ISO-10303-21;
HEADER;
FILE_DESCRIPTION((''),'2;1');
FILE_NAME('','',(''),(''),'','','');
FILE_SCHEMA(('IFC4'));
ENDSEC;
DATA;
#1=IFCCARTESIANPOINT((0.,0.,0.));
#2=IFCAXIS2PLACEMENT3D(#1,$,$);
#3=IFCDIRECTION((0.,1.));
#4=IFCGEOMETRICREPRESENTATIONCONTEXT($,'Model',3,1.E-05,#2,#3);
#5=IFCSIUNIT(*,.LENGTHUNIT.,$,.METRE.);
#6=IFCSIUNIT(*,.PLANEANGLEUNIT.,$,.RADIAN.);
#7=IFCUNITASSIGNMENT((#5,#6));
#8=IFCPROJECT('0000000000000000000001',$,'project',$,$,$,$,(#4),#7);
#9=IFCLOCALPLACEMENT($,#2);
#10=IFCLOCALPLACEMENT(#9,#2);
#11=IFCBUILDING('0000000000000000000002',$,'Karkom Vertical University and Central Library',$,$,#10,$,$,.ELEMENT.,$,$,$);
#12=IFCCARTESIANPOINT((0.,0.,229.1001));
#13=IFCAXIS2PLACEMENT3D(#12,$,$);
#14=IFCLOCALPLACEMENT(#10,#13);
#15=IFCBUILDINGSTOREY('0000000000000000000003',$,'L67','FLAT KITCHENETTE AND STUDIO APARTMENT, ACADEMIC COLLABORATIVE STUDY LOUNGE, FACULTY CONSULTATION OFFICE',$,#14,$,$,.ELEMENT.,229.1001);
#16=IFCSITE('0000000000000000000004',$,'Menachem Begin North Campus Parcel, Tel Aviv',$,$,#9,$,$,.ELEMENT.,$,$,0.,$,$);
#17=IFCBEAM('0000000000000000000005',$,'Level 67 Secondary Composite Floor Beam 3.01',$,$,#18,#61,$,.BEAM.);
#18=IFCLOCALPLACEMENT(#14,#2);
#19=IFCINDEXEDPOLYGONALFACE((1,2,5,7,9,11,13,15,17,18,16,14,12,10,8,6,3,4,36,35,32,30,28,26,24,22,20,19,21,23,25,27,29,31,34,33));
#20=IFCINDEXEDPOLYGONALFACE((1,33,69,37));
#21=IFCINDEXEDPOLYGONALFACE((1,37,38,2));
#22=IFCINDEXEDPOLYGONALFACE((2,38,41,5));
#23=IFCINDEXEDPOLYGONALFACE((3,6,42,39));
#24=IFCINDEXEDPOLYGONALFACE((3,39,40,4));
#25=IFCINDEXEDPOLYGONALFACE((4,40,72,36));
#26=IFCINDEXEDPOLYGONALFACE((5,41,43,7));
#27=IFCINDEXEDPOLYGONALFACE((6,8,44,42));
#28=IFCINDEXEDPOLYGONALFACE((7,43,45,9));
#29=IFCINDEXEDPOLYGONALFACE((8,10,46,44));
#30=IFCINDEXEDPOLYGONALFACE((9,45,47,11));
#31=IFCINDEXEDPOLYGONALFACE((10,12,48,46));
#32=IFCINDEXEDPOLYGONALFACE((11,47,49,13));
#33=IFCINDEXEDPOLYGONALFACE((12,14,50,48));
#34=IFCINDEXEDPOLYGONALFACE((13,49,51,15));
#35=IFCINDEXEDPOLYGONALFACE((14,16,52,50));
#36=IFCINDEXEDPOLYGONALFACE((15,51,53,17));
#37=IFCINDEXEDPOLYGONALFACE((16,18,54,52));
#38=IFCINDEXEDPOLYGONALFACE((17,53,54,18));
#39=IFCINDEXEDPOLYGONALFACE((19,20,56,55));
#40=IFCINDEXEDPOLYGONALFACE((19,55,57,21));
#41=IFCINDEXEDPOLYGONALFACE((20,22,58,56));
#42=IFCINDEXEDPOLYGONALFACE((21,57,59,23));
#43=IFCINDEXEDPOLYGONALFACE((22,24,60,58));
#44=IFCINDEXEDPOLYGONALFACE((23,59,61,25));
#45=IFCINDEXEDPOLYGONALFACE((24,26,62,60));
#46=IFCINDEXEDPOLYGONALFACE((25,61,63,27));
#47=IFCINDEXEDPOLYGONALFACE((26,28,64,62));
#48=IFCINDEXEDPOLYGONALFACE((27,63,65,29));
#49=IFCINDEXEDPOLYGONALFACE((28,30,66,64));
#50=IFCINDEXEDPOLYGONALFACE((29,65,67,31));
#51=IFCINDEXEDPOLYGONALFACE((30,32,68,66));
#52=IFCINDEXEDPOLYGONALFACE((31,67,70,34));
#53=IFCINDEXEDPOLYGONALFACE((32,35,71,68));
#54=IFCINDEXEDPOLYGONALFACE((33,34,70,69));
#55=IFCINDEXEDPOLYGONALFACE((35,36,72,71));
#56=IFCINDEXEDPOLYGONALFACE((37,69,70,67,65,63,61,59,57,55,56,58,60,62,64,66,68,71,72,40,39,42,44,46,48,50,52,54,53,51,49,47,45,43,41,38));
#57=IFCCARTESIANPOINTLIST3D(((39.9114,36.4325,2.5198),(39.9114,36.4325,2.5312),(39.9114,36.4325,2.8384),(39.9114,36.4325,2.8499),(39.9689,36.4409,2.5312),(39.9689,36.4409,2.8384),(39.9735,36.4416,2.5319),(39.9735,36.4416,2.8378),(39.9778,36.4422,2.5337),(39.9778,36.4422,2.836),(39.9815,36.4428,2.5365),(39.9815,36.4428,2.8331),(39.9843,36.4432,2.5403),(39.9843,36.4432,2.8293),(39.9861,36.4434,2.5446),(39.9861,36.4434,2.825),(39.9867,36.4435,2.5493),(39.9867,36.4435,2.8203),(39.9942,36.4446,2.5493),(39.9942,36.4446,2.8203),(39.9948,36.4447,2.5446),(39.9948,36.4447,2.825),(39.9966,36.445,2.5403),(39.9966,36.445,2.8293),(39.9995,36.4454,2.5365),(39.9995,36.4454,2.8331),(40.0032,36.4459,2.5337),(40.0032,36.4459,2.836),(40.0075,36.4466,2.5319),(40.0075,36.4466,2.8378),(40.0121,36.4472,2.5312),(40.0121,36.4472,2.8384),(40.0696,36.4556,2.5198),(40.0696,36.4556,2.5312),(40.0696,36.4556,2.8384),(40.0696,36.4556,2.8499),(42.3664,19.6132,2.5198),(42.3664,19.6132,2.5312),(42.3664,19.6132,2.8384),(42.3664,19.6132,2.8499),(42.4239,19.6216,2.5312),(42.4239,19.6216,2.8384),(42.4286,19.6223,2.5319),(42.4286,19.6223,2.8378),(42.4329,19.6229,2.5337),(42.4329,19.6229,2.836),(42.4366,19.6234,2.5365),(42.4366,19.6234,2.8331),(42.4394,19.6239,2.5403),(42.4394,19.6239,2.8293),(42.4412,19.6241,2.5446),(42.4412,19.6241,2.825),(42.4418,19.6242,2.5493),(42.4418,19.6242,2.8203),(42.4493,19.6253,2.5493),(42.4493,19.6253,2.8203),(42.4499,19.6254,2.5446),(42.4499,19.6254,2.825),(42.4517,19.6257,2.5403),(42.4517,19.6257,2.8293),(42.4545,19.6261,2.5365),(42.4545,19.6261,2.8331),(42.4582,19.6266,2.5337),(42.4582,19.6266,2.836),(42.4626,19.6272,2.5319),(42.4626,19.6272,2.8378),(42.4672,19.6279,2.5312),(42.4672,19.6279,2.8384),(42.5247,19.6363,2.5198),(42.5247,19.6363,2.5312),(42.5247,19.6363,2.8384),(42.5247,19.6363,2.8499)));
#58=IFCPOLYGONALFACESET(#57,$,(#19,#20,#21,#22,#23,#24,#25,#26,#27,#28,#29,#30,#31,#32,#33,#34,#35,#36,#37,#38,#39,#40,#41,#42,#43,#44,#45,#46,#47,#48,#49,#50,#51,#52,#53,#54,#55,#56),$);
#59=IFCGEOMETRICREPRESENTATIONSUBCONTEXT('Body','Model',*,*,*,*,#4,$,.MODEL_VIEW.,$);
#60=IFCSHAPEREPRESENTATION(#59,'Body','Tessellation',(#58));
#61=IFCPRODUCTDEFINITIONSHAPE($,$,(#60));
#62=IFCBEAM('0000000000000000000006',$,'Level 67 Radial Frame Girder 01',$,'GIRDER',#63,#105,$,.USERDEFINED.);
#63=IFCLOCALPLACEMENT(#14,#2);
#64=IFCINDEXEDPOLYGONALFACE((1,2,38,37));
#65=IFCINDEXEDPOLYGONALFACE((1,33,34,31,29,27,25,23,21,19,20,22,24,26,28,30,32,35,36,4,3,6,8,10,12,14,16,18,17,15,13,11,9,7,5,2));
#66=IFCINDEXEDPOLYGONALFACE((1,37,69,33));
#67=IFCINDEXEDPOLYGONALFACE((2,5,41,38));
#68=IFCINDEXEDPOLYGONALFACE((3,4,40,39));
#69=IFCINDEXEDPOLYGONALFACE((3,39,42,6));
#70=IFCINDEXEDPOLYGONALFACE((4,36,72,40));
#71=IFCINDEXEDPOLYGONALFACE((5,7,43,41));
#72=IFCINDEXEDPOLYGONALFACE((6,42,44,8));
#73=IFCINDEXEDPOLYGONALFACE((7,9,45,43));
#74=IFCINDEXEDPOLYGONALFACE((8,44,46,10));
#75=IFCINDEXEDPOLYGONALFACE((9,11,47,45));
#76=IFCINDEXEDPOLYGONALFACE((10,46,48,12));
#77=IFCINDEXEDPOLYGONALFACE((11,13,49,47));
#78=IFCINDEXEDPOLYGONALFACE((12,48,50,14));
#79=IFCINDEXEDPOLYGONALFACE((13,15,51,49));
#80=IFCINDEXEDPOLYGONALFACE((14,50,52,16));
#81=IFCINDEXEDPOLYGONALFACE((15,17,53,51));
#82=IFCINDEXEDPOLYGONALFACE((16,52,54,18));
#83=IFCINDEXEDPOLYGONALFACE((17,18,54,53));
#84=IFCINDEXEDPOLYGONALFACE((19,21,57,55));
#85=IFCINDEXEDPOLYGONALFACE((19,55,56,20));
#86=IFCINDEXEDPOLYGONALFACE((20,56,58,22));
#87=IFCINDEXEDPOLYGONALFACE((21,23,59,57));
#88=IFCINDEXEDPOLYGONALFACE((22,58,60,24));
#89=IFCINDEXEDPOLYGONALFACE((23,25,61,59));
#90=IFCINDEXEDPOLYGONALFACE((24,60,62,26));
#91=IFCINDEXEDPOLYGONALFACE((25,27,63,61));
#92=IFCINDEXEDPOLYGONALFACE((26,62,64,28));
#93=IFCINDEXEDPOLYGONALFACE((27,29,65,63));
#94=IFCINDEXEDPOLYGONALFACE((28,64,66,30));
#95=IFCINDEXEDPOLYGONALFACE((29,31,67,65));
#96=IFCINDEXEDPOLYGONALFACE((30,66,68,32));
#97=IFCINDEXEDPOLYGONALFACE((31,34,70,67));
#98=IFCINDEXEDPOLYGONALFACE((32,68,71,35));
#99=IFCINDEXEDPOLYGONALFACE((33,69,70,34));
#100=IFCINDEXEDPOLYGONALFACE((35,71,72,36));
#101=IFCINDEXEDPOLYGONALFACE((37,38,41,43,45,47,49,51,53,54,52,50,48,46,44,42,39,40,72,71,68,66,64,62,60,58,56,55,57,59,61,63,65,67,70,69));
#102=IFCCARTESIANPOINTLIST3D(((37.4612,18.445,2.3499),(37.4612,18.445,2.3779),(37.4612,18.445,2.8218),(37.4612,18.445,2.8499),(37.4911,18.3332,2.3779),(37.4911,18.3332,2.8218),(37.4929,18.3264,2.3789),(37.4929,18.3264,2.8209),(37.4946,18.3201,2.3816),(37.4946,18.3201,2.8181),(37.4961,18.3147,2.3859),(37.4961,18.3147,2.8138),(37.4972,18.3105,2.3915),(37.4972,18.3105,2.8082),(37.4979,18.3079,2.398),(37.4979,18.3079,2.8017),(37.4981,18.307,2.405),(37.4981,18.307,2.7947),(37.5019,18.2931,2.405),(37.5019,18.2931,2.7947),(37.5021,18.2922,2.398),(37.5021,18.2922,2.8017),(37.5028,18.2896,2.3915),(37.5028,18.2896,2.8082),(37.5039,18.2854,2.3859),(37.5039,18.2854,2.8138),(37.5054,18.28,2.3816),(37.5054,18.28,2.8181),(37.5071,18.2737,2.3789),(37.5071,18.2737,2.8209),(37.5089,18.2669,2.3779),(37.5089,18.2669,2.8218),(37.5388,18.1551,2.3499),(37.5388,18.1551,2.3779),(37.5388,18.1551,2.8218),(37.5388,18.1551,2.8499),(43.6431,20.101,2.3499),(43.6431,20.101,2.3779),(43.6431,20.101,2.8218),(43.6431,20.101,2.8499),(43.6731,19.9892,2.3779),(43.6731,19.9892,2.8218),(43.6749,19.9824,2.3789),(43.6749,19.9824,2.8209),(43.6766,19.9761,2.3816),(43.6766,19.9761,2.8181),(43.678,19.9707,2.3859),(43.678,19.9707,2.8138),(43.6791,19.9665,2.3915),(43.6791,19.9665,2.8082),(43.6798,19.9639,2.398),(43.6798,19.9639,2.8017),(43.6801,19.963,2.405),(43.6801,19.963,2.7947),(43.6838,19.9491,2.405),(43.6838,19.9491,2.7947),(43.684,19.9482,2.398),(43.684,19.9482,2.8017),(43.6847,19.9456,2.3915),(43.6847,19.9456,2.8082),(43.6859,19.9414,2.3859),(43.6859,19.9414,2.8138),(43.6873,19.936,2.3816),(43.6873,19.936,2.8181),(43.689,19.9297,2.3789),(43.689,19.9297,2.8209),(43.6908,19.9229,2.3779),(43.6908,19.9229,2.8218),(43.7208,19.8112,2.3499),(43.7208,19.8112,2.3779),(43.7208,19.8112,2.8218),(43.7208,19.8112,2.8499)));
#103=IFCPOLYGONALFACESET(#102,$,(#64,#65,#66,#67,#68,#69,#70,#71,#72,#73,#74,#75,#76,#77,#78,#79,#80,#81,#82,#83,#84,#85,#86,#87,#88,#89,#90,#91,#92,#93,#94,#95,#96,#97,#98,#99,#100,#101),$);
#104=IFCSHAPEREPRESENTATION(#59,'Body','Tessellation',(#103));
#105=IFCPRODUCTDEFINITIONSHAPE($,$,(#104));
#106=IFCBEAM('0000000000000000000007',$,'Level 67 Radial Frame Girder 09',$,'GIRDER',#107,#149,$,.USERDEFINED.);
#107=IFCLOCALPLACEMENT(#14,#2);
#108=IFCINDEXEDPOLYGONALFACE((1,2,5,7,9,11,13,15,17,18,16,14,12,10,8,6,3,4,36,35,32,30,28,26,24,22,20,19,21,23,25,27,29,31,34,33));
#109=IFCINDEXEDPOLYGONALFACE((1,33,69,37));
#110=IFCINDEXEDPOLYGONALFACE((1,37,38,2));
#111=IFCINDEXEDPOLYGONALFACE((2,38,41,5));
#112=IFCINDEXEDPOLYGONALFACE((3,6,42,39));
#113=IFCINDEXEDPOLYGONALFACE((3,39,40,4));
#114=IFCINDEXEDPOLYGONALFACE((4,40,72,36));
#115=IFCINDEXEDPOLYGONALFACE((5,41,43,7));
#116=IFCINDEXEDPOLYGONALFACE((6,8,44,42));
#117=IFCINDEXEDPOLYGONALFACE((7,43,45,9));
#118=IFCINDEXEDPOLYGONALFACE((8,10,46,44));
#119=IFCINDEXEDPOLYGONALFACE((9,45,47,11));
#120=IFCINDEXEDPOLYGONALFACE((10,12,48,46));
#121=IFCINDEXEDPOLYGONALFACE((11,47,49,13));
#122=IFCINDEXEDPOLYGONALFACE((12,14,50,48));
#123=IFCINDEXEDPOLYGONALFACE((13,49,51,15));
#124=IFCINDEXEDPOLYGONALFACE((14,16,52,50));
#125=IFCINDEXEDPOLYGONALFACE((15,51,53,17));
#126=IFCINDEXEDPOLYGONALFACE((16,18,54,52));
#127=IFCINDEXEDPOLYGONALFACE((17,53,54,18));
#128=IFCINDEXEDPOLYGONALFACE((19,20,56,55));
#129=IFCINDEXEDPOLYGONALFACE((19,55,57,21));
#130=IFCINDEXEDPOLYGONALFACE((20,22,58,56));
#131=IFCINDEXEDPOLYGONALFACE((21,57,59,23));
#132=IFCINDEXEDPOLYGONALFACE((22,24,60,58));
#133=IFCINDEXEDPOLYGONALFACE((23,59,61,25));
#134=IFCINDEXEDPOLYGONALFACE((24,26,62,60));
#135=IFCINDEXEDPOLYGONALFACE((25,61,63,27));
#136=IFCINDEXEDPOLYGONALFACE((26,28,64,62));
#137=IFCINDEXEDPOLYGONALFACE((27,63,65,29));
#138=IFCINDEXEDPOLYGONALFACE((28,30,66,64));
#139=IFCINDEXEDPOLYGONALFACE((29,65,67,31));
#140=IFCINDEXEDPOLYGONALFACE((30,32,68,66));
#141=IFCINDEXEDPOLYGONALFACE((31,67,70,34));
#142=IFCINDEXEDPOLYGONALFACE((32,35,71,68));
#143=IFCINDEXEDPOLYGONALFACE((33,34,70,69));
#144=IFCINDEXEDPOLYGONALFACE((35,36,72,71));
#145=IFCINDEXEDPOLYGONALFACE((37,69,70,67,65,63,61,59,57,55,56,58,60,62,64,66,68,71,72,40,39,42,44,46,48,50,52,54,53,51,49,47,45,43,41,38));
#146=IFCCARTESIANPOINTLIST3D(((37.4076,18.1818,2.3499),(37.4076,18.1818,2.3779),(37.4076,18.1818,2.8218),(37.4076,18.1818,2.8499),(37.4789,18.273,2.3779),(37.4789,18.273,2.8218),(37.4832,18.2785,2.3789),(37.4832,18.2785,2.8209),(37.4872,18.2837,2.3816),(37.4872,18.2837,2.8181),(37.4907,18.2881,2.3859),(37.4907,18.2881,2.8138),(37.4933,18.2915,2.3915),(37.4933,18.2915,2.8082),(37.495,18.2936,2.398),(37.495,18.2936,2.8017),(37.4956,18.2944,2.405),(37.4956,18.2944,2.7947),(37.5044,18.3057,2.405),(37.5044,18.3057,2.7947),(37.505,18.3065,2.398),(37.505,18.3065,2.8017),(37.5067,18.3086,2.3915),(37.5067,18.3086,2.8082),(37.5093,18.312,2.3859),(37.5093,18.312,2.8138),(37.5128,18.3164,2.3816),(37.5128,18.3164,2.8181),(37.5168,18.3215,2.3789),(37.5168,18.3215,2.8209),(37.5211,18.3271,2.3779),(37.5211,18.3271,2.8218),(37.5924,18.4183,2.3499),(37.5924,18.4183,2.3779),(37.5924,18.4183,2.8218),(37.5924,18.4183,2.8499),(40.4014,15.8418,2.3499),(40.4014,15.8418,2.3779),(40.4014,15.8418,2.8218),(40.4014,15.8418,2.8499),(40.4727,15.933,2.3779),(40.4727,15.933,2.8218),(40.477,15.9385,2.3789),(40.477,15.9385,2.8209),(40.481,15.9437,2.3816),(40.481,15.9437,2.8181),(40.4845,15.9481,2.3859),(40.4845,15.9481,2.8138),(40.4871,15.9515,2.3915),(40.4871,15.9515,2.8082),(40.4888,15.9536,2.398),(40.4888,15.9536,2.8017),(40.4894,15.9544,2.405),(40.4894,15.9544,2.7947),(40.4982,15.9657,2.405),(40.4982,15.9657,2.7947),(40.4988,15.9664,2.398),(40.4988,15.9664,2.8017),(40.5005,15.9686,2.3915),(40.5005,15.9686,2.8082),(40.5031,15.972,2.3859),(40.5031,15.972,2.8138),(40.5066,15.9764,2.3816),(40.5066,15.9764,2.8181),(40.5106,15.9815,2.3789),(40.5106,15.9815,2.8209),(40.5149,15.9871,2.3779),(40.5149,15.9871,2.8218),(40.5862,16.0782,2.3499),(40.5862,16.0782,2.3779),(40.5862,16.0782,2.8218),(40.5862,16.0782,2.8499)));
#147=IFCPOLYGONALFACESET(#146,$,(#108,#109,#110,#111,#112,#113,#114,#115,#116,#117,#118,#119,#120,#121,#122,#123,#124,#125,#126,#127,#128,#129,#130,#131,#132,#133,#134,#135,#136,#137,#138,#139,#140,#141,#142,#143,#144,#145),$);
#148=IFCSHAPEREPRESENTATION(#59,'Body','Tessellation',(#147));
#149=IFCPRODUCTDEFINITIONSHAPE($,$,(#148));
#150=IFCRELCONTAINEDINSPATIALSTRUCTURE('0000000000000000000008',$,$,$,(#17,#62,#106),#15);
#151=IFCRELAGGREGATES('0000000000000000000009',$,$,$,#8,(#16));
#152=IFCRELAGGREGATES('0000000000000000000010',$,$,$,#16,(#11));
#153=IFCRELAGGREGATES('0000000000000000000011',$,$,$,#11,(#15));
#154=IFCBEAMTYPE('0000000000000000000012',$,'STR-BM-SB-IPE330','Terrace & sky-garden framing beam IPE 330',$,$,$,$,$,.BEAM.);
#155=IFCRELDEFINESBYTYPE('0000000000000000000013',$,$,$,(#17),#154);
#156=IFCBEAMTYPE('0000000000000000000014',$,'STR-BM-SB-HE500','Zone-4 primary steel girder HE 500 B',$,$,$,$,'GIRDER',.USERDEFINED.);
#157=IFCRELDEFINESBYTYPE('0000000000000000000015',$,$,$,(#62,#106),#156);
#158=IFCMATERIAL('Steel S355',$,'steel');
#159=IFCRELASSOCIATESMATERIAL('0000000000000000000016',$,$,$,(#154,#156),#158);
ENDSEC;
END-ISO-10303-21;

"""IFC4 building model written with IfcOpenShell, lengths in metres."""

from ifc_helpers import new_model, si_unit, direction, frame, origin, origin_with_axes, origin_2d, place, context, subcontext, project, spatial, i_section, extrude, source, transform, mapped, material, material_profile, profile_set, type_object, element, save


model = new_model("IFC4")

# Units and contexts
model_context = context("Model", 3, precision=1e-05, world=origin(), true_north=direction((0.0, 1.0)))
body_context = subcontext(model_context, "Body", "Model", "MODEL_VIEW")
ifc_project = project(units=[si_unit("LENGTHUNIT", "METRE"), si_unit("PLANEANGLEUNIT", "RADIAN")], contexts=[model_context])

# Site, building, storey
site_placement = place(None, origin())
site = spatial("IfcSite", under=ifc_project, at=site_placement, Name="Menachem Begin North Campus Parcel, Tel Aviv", CompositionType="ELEMENT", RefElevation=0.0)
building_placement = place(site_placement, origin())
building = spatial("IfcBuilding", under=site, at=building_placement, Name="Karkom Vertical University and Central Library", CompositionType="ELEMENT")
storey_placement = place(building_placement, frame((0.0, 0.0, 229.1001)))
storey = spatial("IfcBuildingStorey", under=building, at=storey_placement, Name="L67", Description="FLAT KITCHENETTE AND STUDIO APARTMENT, ACADEMIC COLLABORATIVE STUDY LOUNGE, FACULTY CONSULTATION OFFICE", CompositionType="ELEMENT", Elevation=229.1001)

# Beams
ifc_material_1 = material(Name="Steel S355", Category="steel")
ifc_material_profile_1 = material_profile(ifc_material_1, i_section(OverallWidth=0.1599, OverallDepth=0.3301, WebThickness=0.0076, FlangeThickness=0.0115, FilletRadius=0.0181, at=origin_2d()), Name="IPE 330")
ifc_profile_set_1 = profile_set([ifc_material_profile_1], Name="Steel S355")
beam_type_1 = type_object("IfcBeamType", Name="STR-BM-SB-IPE330", Description="Terrace & sky-garden framing beam IPE 330", PredefinedType="BEAM", material=ifc_profile_set_1)
shared_shape_1 = source(origin_with_axes(), body_context, "Body", "SweptSolid", [
    extrude(i_section(OverallWidth=0.1599, OverallDepth=0.3301, WebThickness=0.0076, FlangeThickness=0.0115, FilletRadius=0.0181, at=origin_2d()), origin(), (0.0, 0.0, 1.0), 16.9976),
])
beam_1_placement = place(storey_placement, frame((42.4456, 19.6248, 2.6848), z_axis=(-0.144437, 0.989514, 0.0), x_axis=(-0.989514, -0.144437, 0.0)))
element("IfcBeam", 1, at=beam_1_placement, inside=storey, type_object=beam_type_1, Name="Level 67 Secondary Composite Floor Beam 3.01", PredefinedType="BEAM", context=body_context, shape_type="MappedRepresentation", body=[
    mapped(shared_shape_1, transform((0.0, 0.0, 0.0), scale=1.0)),
])
ifc_material_profile_2 = material_profile(ifc_material_1, i_section(OverallWidth=0.3, OverallDepth=0.5, WebThickness=0.0144, FlangeThickness=0.0281, FilletRadius=0.0271, at=origin_2d()), Name="HE 500 B")
ifc_profile_set_2 = profile_set([ifc_material_profile_2], Name="Steel S355")
beam_type_2 = type_object("IfcBeamType", Name="STR-BM-SB-HE500", Description="Zone-4 primary steel girder HE 500 B", ElementType="GIRDER", PredefinedType="USERDEFINED", material=ifc_profile_set_2)
shared_shape_2 = source(origin_with_axes(), body_context, "Body", "SweptSolid", [
    extrude(i_section(OverallWidth=0.3, OverallDepth=0.5, WebThickness=0.0144, FlangeThickness=0.0281, FilletRadius=0.0271, at=origin_2d()), origin(), (0.0, 0.0, 1.0), 6.3999),
])
beam_2_placement = place(storey_placement, frame((37.5, 18.3, 2.5999), z_axis=(0.965942, 0.258757, 0.0), x_axis=(-0.258757, 0.965942, 0.0)))
element("IfcBeam", 2, at=beam_2_placement, inside=storey, type_object=beam_type_2, Name="Level 67 Radial Frame Girder 01", ObjectType="GIRDER", PredefinedType="USERDEFINED", context=body_context, shape_type="MappedRepresentation", body=[
    mapped(shared_shape_2, transform((0.0, 0.0, 0.0), scale=1.0)),
])
shared_shape_3 = source(origin_with_axes(), body_context, "Body", "SweptSolid", [
    extrude(i_section(OverallWidth=0.3, OverallDepth=0.5, WebThickness=0.0144, FlangeThickness=0.0281, FilletRadius=0.0271, at=origin_2d()), origin(), (0.0, 0.0, 1.0), 3.7998),
])
beam_3_placement = place(storey_placement, frame((37.5, 18.3, 2.5999), z_axis=(0.787883, -0.615825, 0.0), x_axis=(0.615825, 0.787883, 0.0)))
element("IfcBeam", 3, at=beam_3_placement, inside=storey, type_object=beam_type_2, Name="Level 67 Radial Frame Girder 09", ObjectType="GIRDER", PredefinedType="USERDEFINED", context=body_context, shape_type="MappedRepresentation", body=[
    mapped(shared_shape_3, transform((0.0, 0.0, 0.0), scale=1.0)),
])

save(model, "model.ifc")
